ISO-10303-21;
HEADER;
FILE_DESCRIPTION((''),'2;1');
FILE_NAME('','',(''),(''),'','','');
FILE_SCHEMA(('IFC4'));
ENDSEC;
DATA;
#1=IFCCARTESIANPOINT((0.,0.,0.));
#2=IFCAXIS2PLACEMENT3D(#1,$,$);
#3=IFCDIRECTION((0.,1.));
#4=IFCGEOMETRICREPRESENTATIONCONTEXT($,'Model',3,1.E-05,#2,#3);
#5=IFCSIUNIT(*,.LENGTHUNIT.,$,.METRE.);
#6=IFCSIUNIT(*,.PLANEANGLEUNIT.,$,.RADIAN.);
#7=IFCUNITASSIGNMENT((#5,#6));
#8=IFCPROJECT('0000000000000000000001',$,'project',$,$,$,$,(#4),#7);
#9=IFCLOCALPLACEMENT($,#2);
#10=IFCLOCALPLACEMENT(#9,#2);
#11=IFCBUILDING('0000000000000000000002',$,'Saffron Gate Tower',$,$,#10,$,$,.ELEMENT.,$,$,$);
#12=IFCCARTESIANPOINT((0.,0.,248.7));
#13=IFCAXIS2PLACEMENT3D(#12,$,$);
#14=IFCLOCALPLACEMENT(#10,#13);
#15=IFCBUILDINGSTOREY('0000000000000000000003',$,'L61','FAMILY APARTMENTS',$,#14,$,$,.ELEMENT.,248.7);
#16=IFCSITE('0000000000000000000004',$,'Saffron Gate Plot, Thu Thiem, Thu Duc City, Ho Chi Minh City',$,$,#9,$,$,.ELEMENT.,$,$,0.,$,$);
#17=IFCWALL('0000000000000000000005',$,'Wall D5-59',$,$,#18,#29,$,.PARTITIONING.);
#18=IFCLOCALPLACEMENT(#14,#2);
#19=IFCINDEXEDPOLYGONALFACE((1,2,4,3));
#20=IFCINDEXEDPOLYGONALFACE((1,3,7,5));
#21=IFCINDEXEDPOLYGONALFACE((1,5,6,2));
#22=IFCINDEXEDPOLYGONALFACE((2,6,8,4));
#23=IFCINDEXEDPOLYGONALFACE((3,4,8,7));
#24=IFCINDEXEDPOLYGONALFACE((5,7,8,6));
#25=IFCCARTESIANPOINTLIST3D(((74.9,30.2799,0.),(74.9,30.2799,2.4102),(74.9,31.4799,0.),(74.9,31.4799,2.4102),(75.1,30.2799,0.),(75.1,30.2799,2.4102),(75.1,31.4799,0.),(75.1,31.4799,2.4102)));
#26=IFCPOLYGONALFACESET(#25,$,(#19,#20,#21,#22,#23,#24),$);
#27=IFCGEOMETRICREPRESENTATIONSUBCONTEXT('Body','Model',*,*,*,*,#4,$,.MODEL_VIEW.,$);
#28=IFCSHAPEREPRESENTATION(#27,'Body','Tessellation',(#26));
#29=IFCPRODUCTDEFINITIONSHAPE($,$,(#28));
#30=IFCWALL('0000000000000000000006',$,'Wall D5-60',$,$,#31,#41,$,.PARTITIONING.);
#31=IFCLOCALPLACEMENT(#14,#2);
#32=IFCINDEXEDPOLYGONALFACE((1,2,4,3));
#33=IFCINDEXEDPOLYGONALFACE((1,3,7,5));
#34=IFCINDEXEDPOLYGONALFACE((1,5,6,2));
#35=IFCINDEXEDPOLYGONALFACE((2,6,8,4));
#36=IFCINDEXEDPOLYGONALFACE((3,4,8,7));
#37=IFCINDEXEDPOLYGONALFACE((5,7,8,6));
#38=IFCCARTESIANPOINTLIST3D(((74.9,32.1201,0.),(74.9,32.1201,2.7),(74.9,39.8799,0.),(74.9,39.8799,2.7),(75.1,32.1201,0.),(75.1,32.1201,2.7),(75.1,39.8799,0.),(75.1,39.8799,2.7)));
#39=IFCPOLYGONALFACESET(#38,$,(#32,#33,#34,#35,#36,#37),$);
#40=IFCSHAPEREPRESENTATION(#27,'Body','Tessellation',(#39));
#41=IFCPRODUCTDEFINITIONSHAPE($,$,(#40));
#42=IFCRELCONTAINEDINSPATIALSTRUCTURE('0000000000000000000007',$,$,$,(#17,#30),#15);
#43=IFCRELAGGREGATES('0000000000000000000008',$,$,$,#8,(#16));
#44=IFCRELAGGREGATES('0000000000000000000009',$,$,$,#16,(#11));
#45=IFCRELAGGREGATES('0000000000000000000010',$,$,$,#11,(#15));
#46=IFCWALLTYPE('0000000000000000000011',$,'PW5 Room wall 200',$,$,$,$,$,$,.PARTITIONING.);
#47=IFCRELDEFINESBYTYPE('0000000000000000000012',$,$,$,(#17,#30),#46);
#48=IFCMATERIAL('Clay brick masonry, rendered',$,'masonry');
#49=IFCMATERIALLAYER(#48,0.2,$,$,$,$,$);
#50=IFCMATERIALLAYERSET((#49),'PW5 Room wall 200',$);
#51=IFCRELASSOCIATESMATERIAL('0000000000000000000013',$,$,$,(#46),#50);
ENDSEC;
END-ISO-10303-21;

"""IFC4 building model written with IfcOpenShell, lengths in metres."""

from ifc_helpers import new_model, si_unit, direction, frame, frame_2d, origin, place, context, subcontext, project, spatial, rectangle, extrude, material, layer, layer_set, type_object, element, save


model = new_model("IFC4")

# Units and contexts
model_context = context("Model", 3, precision=1e-05, world=origin(), true_north=direction((0.0, 1.0)))
body_context = subcontext(model_context, "Body", "Model", "MODEL_VIEW")
ifc_project = project(units=[si_unit("LENGTHUNIT", "METRE"), si_unit("PLANEANGLEUNIT", "RADIAN")], contexts=[model_context])

# Site, building, storey
site_placement = place(None, origin())
site = spatial("IfcSite", under=ifc_project, at=site_placement, Name="Saffron Gate Plot, Thu Thiem, Thu Duc City, Ho Chi Minh City", CompositionType="ELEMENT", RefElevation=0.0)
building_placement = place(site_placement, origin())
building = spatial("IfcBuilding", under=site, at=building_placement, Name="Saffron Gate Tower", CompositionType="ELEMENT")
storey_placement = place(building_placement, frame((0.0, 0.0, 248.7)))
storey = spatial("IfcBuildingStorey", under=building, at=storey_placement, Name="L61", Description="FAMILY APARTMENTS", CompositionType="ELEMENT", Elevation=248.7)

# Walls
ifc_material_1 = material(Name="Clay brick masonry, rendered", Category="masonry")
ifc_layer_1 = layer(ifc_material_1, 0.2)
ifc_layer_set_1 = layer_set([ifc_layer_1], Name="PW5 Room wall 200")
wall_type_1 = type_object("IfcWallType", Name="PW5 Room wall 200", PredefinedType="PARTITIONING", material=ifc_layer_set_1)
wall_1_placement = place(storey_placement, frame((75.0, 31.48, 0.0), z_axis=(0.0, 0.0, 1.0), x_axis=(0.0, -1.0, 0.0)))
element("IfcWall", 1, at=wall_1_placement, inside=storey, type_object=wall_type_1, Name="Wall D5-59", PredefinedType="PARTITIONING", context=body_context, shape_type="SweptSolid", body=[
    extrude(rectangle(XDim=1.2, YDim=0.2, at=frame_2d((0.6001, 0.0))), origin(), (0.0, 0.0, 1.0), 2.4102),
])
wall_2_placement = place(storey_placement, frame((75.0, 39.8799, 0.0), z_axis=(0.0, 0.0, 1.0), x_axis=(0.0, -1.0, 0.0)))
element("IfcWall", 2, at=wall_2_placement, inside=storey, type_object=wall_type_1, Name="Wall D5-60", PredefinedType="PARTITIONING", context=body_context, shape_type="SweptSolid", body=[
    extrude(rectangle(XDim=7.7598, YDim=0.2, at=frame_2d((3.8799, 0.0))), origin(), (0.0, 0.0, 1.0), 2.7),
])

save(model, "model.ifc")
